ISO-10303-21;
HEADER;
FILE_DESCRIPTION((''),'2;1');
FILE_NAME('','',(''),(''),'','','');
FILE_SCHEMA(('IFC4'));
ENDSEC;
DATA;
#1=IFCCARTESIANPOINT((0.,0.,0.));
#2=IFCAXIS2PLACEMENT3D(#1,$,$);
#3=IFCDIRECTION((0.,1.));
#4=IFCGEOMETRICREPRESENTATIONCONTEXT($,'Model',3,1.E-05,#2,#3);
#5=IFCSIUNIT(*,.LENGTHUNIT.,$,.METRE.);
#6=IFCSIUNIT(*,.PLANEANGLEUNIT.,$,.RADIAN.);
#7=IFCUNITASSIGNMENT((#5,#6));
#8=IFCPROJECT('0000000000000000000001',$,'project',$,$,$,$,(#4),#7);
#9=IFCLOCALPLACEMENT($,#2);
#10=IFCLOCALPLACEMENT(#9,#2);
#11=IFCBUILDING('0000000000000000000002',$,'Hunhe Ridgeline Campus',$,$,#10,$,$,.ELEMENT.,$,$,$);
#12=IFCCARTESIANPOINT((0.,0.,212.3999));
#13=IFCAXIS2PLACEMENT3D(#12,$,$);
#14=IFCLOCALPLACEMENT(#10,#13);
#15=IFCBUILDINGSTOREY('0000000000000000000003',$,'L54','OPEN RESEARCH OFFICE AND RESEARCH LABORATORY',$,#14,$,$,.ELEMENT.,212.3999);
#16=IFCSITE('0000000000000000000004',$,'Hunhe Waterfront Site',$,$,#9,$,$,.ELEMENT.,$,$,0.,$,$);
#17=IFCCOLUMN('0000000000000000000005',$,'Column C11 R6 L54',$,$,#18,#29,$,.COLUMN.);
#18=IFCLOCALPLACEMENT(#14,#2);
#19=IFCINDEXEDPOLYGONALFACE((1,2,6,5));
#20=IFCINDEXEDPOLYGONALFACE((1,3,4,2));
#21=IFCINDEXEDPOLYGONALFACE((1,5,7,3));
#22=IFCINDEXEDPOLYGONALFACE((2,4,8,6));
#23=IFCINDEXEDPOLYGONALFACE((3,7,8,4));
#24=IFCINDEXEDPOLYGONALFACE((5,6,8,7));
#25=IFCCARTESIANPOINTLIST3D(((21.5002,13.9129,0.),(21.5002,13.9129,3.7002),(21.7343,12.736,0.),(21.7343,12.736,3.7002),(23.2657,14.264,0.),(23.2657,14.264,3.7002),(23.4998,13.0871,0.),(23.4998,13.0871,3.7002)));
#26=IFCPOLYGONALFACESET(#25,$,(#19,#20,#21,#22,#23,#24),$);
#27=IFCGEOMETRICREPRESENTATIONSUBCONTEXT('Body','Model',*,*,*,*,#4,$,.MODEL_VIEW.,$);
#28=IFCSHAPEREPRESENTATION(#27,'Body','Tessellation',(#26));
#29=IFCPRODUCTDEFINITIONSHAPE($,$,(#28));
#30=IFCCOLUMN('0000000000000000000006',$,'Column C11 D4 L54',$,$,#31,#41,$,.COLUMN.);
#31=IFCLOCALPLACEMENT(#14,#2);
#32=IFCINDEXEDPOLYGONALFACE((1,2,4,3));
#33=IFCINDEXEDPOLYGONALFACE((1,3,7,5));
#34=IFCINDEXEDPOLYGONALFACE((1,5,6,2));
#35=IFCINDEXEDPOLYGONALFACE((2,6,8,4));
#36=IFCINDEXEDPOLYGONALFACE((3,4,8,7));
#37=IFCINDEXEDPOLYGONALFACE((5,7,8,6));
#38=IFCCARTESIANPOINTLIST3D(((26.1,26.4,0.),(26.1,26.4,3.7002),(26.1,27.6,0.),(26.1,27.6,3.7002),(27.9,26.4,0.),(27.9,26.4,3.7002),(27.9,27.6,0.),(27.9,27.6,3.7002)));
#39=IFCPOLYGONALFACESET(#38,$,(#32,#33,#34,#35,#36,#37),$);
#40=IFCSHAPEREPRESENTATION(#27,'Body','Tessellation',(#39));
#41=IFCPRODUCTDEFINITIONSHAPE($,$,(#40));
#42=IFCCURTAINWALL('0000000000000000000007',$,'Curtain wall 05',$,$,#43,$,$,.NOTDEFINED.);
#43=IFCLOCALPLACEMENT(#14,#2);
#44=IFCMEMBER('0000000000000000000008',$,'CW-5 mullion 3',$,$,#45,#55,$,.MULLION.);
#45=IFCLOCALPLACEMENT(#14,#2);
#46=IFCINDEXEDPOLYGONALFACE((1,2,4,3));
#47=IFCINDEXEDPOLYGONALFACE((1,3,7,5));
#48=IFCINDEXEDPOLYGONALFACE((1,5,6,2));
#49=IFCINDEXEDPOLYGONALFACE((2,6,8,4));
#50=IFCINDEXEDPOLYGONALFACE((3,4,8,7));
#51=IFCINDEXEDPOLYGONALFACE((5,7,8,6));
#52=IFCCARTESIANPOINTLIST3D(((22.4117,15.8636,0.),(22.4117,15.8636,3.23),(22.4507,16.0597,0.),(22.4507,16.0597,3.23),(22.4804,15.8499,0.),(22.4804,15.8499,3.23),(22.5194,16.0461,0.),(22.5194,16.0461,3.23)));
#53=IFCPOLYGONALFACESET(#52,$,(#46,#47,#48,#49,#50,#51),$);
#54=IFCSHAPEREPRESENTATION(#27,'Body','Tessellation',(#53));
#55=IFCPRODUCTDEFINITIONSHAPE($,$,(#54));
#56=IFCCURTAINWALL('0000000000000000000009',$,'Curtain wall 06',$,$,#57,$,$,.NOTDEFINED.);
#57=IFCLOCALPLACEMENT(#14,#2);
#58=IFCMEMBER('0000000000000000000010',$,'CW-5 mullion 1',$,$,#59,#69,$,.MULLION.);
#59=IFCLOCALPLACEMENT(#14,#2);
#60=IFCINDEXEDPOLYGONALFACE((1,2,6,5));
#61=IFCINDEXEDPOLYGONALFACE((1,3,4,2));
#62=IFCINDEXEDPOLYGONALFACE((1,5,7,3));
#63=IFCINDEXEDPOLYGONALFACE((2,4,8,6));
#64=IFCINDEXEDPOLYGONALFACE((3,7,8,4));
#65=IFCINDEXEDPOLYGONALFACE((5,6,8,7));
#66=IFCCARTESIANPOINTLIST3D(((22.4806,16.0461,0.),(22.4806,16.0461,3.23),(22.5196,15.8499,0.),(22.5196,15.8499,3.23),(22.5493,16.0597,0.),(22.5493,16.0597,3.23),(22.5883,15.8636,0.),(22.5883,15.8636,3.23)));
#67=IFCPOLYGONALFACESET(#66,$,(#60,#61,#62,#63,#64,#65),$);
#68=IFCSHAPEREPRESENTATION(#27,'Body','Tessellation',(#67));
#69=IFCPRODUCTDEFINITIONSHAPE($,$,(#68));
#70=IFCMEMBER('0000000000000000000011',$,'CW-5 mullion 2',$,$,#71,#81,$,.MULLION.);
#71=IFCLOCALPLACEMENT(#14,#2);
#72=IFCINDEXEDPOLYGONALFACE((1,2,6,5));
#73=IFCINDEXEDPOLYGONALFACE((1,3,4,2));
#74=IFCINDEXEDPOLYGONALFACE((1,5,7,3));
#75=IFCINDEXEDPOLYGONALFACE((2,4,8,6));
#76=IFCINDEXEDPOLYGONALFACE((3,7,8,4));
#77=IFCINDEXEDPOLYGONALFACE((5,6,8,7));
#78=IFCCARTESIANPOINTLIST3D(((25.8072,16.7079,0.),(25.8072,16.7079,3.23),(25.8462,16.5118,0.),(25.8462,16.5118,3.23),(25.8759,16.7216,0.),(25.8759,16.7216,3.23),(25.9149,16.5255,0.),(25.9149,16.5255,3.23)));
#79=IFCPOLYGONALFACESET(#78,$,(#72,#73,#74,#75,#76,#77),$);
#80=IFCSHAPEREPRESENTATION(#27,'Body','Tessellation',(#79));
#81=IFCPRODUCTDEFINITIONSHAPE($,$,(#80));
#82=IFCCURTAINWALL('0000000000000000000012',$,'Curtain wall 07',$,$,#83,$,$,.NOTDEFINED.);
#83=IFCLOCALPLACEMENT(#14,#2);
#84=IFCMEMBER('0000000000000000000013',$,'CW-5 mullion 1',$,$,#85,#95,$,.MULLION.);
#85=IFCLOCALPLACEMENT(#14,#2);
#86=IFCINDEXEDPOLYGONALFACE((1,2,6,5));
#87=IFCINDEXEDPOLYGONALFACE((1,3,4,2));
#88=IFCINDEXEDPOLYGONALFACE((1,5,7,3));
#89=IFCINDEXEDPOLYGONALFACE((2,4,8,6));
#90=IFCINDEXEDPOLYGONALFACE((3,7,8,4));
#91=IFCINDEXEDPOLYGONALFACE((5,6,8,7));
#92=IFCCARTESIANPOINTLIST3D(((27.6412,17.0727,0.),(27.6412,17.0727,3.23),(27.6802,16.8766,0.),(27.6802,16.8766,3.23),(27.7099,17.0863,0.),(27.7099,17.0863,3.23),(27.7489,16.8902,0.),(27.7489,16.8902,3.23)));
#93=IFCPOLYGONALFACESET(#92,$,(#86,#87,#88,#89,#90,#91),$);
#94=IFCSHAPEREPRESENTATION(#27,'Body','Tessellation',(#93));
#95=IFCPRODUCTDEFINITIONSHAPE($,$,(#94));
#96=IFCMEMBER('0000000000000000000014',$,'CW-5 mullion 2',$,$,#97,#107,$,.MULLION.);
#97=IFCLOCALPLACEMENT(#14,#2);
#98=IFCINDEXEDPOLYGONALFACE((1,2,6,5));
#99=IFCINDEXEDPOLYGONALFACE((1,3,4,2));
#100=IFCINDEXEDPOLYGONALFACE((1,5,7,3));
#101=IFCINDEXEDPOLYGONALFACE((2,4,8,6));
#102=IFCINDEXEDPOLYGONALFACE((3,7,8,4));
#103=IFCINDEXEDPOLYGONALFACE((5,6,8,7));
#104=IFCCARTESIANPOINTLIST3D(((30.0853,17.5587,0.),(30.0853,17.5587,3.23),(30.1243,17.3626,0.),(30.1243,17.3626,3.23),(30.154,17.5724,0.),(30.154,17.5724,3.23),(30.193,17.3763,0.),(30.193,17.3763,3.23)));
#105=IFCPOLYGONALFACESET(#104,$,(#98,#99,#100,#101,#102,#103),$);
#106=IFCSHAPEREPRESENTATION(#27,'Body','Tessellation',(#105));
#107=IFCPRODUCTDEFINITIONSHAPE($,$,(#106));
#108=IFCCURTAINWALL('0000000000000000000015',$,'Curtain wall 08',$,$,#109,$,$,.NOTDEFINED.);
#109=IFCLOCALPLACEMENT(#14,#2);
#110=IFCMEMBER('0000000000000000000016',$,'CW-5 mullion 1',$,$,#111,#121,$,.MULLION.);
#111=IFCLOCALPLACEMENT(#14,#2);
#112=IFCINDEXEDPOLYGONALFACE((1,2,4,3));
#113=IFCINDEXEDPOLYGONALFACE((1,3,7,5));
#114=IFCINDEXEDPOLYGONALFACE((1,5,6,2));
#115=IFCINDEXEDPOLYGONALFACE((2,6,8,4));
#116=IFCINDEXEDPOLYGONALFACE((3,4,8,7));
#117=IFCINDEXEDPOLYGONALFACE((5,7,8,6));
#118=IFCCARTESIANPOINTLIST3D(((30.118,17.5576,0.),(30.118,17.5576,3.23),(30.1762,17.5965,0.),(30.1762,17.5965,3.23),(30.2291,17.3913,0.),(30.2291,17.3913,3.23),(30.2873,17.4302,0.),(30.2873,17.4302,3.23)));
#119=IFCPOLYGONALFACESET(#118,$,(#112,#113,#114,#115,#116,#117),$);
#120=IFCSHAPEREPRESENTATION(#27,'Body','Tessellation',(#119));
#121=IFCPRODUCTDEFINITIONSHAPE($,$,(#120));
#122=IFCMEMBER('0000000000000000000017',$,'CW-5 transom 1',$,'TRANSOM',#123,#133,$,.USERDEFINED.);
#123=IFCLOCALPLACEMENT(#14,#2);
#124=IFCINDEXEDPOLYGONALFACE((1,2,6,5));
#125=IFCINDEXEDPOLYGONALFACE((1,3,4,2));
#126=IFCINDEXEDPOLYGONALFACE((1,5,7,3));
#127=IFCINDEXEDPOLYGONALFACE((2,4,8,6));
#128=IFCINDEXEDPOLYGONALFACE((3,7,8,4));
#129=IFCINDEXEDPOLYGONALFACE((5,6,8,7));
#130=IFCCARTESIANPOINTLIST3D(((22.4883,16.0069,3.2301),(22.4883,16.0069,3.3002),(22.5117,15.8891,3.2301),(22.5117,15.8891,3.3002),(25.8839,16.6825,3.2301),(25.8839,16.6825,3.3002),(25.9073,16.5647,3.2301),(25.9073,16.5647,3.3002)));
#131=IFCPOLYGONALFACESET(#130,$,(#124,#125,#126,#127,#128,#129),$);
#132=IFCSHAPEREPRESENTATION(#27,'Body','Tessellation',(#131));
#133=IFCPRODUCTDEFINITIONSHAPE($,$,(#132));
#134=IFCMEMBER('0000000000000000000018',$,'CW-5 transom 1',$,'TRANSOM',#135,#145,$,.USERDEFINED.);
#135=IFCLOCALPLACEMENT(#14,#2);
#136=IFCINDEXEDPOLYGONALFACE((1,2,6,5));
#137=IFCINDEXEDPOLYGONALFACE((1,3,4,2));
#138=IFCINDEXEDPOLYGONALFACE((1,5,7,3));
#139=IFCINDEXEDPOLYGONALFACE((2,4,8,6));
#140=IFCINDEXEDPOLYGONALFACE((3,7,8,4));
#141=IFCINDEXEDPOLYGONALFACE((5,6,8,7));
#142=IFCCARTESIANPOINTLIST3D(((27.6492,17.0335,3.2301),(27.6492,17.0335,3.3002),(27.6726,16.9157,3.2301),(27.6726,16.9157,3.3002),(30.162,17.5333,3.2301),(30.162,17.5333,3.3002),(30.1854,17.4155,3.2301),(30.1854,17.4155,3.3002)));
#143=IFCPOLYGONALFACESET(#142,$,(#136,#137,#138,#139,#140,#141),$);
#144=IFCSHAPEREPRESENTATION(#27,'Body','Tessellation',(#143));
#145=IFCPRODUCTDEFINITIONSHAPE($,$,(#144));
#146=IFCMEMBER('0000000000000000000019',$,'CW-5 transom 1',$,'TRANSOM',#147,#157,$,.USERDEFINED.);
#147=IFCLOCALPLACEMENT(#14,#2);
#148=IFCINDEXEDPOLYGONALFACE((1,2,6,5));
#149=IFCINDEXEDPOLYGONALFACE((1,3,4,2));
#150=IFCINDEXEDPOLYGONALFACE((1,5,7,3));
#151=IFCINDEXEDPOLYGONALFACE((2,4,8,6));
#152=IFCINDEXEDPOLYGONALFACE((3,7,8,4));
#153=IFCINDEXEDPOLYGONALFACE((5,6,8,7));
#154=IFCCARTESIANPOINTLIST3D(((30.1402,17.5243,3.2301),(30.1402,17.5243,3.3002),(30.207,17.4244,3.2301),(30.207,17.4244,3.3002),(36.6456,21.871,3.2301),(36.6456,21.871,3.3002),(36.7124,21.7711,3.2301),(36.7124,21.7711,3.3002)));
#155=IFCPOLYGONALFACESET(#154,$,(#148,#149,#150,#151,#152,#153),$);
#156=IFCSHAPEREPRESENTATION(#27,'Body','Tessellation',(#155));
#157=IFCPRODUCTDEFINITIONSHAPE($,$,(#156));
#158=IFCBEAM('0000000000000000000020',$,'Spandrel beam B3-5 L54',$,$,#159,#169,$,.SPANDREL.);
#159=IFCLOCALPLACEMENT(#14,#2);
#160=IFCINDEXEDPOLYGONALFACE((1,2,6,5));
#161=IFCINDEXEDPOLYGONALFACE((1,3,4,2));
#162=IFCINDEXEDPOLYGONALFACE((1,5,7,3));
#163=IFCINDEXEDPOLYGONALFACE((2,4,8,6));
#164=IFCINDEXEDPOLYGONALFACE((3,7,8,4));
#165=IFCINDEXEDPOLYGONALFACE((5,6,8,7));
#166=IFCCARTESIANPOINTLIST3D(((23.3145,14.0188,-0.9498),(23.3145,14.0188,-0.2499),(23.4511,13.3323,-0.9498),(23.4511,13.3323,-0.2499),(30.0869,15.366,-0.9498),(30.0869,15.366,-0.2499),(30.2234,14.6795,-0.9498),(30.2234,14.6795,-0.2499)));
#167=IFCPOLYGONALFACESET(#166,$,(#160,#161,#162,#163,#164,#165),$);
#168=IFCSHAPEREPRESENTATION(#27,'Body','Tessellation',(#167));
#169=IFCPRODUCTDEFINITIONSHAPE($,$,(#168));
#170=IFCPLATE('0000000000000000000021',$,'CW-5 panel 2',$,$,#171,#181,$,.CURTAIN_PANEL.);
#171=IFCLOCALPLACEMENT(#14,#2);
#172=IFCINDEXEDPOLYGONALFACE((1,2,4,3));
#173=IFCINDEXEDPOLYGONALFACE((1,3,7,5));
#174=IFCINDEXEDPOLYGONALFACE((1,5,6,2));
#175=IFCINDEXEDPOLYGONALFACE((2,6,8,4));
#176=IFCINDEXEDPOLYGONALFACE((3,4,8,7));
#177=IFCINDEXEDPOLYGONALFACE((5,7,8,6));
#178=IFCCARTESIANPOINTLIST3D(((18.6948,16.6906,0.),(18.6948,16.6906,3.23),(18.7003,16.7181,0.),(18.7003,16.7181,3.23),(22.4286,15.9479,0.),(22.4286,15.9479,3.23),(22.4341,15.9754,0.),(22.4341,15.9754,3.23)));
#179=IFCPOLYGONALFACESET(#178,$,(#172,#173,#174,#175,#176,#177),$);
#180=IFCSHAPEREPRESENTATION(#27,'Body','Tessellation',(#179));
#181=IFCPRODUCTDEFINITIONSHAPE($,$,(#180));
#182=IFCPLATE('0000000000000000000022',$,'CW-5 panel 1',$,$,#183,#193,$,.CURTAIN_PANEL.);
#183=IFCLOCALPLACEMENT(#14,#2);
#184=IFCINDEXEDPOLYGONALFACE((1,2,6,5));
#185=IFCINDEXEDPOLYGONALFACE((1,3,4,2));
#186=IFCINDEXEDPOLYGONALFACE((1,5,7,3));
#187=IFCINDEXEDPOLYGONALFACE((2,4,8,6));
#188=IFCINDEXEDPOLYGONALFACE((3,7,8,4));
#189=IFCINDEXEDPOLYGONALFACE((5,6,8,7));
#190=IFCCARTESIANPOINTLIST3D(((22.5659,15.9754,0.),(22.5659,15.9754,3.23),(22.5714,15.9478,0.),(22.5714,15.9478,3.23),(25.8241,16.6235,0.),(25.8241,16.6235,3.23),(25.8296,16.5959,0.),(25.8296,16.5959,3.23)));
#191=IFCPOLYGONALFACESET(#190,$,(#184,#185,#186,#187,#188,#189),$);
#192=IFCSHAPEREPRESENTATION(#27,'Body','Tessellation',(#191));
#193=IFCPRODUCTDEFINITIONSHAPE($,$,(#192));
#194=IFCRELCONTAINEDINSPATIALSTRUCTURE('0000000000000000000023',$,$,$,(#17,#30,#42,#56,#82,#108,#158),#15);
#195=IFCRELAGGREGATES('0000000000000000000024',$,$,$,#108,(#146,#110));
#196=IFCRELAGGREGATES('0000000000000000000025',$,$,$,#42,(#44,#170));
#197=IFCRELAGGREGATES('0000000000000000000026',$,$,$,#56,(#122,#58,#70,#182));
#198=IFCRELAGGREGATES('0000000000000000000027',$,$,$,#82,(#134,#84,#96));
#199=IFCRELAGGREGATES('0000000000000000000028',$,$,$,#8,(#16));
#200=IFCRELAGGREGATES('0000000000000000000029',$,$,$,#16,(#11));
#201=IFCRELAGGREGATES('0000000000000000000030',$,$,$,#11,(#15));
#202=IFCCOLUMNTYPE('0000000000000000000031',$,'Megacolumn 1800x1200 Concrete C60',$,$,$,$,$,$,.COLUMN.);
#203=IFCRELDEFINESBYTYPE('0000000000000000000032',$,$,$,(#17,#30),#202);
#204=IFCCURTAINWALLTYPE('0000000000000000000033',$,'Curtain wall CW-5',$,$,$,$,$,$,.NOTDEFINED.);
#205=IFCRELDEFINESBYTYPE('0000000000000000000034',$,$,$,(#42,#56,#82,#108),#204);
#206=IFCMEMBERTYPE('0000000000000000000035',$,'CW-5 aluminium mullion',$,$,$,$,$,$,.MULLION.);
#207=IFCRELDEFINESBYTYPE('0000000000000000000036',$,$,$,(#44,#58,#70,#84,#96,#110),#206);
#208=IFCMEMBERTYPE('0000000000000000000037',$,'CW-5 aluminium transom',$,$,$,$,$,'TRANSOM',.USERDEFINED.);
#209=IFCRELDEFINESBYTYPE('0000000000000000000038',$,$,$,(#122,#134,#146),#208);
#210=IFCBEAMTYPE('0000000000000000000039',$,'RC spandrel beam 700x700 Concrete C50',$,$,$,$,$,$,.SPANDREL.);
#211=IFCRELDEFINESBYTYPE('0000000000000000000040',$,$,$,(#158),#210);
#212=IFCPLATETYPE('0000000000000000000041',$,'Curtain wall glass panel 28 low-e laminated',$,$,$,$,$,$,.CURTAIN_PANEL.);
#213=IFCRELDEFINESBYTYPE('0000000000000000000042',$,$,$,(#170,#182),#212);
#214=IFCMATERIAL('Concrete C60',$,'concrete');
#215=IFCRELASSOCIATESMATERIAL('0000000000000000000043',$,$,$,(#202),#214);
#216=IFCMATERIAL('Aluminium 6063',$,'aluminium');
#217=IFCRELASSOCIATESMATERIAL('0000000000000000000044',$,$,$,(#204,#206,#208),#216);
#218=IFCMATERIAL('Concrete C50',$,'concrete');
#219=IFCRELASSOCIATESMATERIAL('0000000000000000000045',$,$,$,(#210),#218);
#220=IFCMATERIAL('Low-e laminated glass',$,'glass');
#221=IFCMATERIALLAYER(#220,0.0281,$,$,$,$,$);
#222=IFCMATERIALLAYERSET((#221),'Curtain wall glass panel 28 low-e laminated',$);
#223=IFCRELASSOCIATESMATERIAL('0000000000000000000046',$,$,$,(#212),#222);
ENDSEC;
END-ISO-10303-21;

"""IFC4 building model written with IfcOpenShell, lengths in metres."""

from ifc_helpers import new_model, si_unit, direction, frame, origin, origin_2d, place, context, subcontext, project, spatial, rectangle, extrude, material, layer, layer_set, material_profile, profile_set, type_object, element, aggregate, save


model = new_model("IFC4")

# Units and contexts
model_context = context("Model", 3, precision=1e-05, world=origin(), true_north=direction((0.0, 1.0)))
body_context = subcontext(model_context, "Body", "Model", "MODEL_VIEW")
ifc_project = project(units=[si_unit("LENGTHUNIT", "METRE"), si_unit("PLANEANGLEUNIT", "RADIAN")], contexts=[model_context])

# Site, building, storey
site_placement = place(None, origin())
site = spatial("IfcSite", under=ifc_project, at=site_placement, Name="Hunhe Waterfront Site", CompositionType="ELEMENT", RefElevation=0.0)
building_placement = place(site_placement, origin())
building = spatial("IfcBuilding", under=site, at=building_placement, Name="Hunhe Ridgeline Campus", CompositionType="ELEMENT")
storey_placement = place(building_placement, frame((0.0, 0.0, 212.3999)))
storey = spatial("IfcBuildingStorey", under=building, at=storey_placement, Name="L54", Description="OPEN RESEARCH OFFICE AND RESEARCH LABORATORY", CompositionType="ELEMENT", Elevation=212.3999)

# Columns
ifc_material_1 = material(Name="Concrete C60", Category="concrete")
ifc_material_profile_1 = material_profile(ifc_material_1, rectangle(XDim=1.8, YDim=1.2, at=origin_2d()))
ifc_profile_set_1 = profile_set([ifc_material_profile_1], Name="Concrete C60")
column_type = type_object("IfcColumnType", Name="Megacolumn 1800x1200 Concrete C60", PredefinedType="COLUMN", material=ifc_profile_set_1)
for number, where, z_axis, x_axis, name in (
    (1, (22.5, 13.5, 0.0), (0.0, 0.0, 1.0), (0.980785, 0.19509, 0.0), "Column C11 R6 L54"),
    (2, (27.0, 27.0, 0.0), (0.0, 0.0, 1.0), (1.0, 0.0, 0.0), "Column C11 D4 L54"),
):
    element("IfcColumn", number, at=place(storey_placement, frame(where, z_axis=z_axis, x_axis=x_axis)), inside=storey, type_object=column_type, Name=name, PredefinedType="COLUMN", context=body_context, shape_type="SweptSolid", body=[
        extrude(rectangle(XDim=1.8, YDim=1.2, at=origin_2d()), origin(), (0.0, 0.0, 1.0), 3.7002),
    ])

# Curtain wall, member
ifc_material_2 = material(Name="Aluminium 6063", Category="aluminium")
curtain_wall_type = type_object("IfcCurtainWallType", Name="Curtain wall CW-5", PredefinedType="NOTDEFINED", material=ifc_material_2)
curtain_wall_1_placement = place(storey_placement, origin())
curtain_wall_1 = element("IfcCurtainWall", 3, at=curtain_wall_1_placement, inside=storey, type_object=curtain_wall_type, Name="Curtain wall 05", PredefinedType="NOTDEFINED")
ifc_material_profile_2 = material_profile(ifc_material_2, rectangle(XDim=0.2, YDim=0.0701, at=origin_2d()))
ifc_profile_set_2 = profile_set([ifc_material_profile_2], Name="Aluminium 6063")
member_type_1 = type_object("IfcMemberType", Name="CW-5 aluminium mullion", PredefinedType="MULLION", material=ifc_profile_set_2)
member_1_placement = place(storey_placement, frame((22.4656, 15.9548, 0.0), z_axis=(0.0, 0.0, 1.0), x_axis=(0.19509, 0.980785, 0.0)))
member_1 = element("IfcMember", 4, at=member_1_placement, type_object=member_type_1, Name="CW-5 mullion 3", PredefinedType="MULLION", context=body_context, shape_type="SweptSolid", body=[
    extrude(rectangle(XDim=0.2, YDim=0.0701, at=origin_2d()), origin(), (0.0, 0.0, 1.0), 3.23),
])

# Curtain walls, members
curtain_wall_2_placement = place(storey_placement, origin())
curtain_wall_2 = element("IfcCurtainWall", 5, at=curtain_wall_2_placement, inside=storey, type_object=curtain_wall_type, Name="Curtain wall 06", PredefinedType="NOTDEFINED")
member_2_placement = place(storey_placement, frame((22.5344, 15.9548, 0.0), z_axis=(0.0, 0.0, 1.0), x_axis=(-0.19509, 0.980785, 0.0)))
member_2 = element("IfcMember", 6, at=member_2_placement, type_object=member_type_1, Name="CW-5 mullion 1", PredefinedType="MULLION", context=body_context, shape_type="SweptSolid", body=[
    extrude(rectangle(XDim=0.2, YDim=0.0701, at=origin_2d()), origin(), (0.0, 0.0, 1.0), 3.23),
])
member_3_placement = place(storey_placement, frame((25.8611, 16.6167, 0.0), z_axis=(0.0, 0.0, 1.0), x_axis=(-0.19509, 0.980785, 0.0)))
member_3 = element("IfcMember", 7, at=member_3_placement, type_object=member_type_1, Name="CW-5 mullion 2", PredefinedType="MULLION", context=body_context, shape_type="SweptSolid", body=[
    extrude(rectangle(XDim=0.2, YDim=0.0701, at=origin_2d()), origin(), (0.0, 0.0, 1.0), 3.23),
])
curtain_wall_3_placement = place(storey_placement, origin())
curtain_wall_3 = element("IfcCurtainWall", 8, at=curtain_wall_3_placement, inside=storey, type_object=curtain_wall_type, Name="Curtain wall 07", PredefinedType="NOTDEFINED")
member_4_placement = place(storey_placement, frame((27.6951, 16.9814, 0.0), z_axis=(0.0, 0.0, 1.0), x_axis=(-0.195091, 0.980785, 0.0)))
member_4 = element("IfcMember", 9, at=member_4_placement, type_object=member_type_1, Name="CW-5 mullion 1", PredefinedType="MULLION", context=body_context, shape_type="SweptSolid", body=[
    extrude(rectangle(XDim=0.2, YDim=0.0701, at=origin_2d()), origin(), (0.0, 0.0, 1.0), 3.23),
])
member_5_placement = place(storey_placement, frame((30.1392, 17.4675, 0.0), z_axis=(0.0, 0.0, 1.0), x_axis=(-0.195091, 0.980785, 0.0)))
member_5 = element("IfcMember", 10, at=member_5_placement, type_object=member_type_1, Name="CW-5 mullion 2", PredefinedType="MULLION", context=body_context, shape_type="SweptSolid", body=[
    extrude(rectangle(XDim=0.2, YDim=0.0701, at=origin_2d()), origin(), (0.0, 0.0, 1.0), 3.23),
])

# Curtain wall, member
curtain_wall_4_placement = place(storey_placement, origin())
curtain_wall_4 = element("IfcCurtainWall", 11, at=curtain_wall_4_placement, inside=storey, type_object=curtain_wall_type, Name="Curtain wall 08", PredefinedType="NOTDEFINED")
member_6_placement = place(storey_placement, frame((30.2026, 17.4939, 0.0), z_axis=(0.0, 0.0, 1.0), x_axis=(-0.55557, 0.83147, 0.0)))
member_6 = element("IfcMember", 12, at=member_6_placement, type_object=member_type_1, Name="CW-5 mullion 1", PredefinedType="MULLION", context=body_context, shape_type="SweptSolid", body=[
    extrude(rectangle(XDim=0.2, YDim=0.0701, at=origin_2d()), origin(), (0.0, 0.0, 1.0), 3.23),
])

# Members
ifc_material_profile_3 = material_profile(ifc_material_2, rectangle(XDim=0.1201, YDim=0.0701, at=origin_2d()))
ifc_profile_set_3 = profile_set([ifc_material_profile_3], Name="Aluminium 6063")
member_type_2 = type_object("IfcMemberType", Name="CW-5 aluminium transom", ElementType="TRANSOM", PredefinedType="USERDEFINED", material=ifc_profile_set_3)
member_7_placement = place(storey_placement, frame((22.5, 15.948, 3.2651), z_axis=(0.980778, 0.195126, 0.0), x_axis=(-0.195126, 0.980778, 0.0)))
member_7 = element("IfcMember", 13, at=member_7_placement, type_object=member_type_2, Name="CW-5 transom 1", ObjectType="TRANSOM", PredefinedType="USERDEFINED", context=body_context, shape_type="SweptSolid", body=[
    extrude(rectangle(XDim=0.1201, YDim=0.0701, at=origin_2d()), origin(), (0.0, 0.0, 1.0), 3.4622),
])
member_8_placement = place(storey_placement, frame((27.6609, 16.9746, 3.2651), z_axis=(0.980789, 0.195071, 0.0), x_axis=(-0.195071, 0.980789, 0.0)))
member_8 = element("IfcMember", 14, at=member_8_placement, type_object=member_type_2, Name="CW-5 transom 1", ObjectType="TRANSOM", PredefinedType="USERDEFINED", context=body_context, shape_type="SweptSolid", body=[
    extrude(rectangle(XDim=0.1201, YDim=0.0701, at=origin_2d()), origin(), (0.0, 0.0, 1.0), 2.562),
])
member_9_placement = place(storey_placement, frame((30.1736, 17.4744, 3.2651), z_axis=(0.831474, 0.555564, 0.0), x_axis=(-0.555564, 0.831474, 0.0)))
member_9 = element("IfcMember", 15, at=member_9_placement, type_object=member_type_2, Name="CW-5 transom 1", ObjectType="TRANSOM", PredefinedType="USERDEFINED", context=body_context, shape_type="SweptSolid", body=[
    extrude(rectangle(XDim=0.1201, YDim=0.0701, at=origin_2d()), origin(), (0.0, 0.0, 1.0), 7.824),
])
aggregate(curtain_wall_4, [member_9, member_6])

# Beam
ifc_material_3 = material(Name="Concrete C50", Category="concrete")
ifc_material_profile_4 = material_profile(ifc_material_3, rectangle(XDim=0.7, YDim=0.7, at=origin_2d()))
ifc_profile_set_4 = profile_set([ifc_material_profile_4], Name="Concrete C50")
beam_type = type_object("IfcBeamType", Name="RC spandrel beam 700x700 Concrete C50", PredefinedType="SPANDREL", material=ifc_profile_set_4)
beam_placement = place(storey_placement, frame((23.3828, 13.6755, -0.5999), z_axis=(0.980783, 0.195103, 0.0), x_axis=(-0.195103, 0.980783, 0.0)))
element("IfcBeam", 16, at=beam_placement, inside=storey, type_object=beam_type, Name="Spandrel beam B3-5 L54", PredefinedType="SPANDREL", context=body_context, shape_type="SweptSolid", body=[
    extrude(rectangle(XDim=0.7, YDim=0.7, at=origin_2d()), origin(), (0.0, 0.0, 1.0), 6.905),
])

# Plates
ifc_material_4 = material(Name="Low-e laminated glass", Category="glass")
ifc_layer_1 = layer(ifc_material_4, 0.0281)
ifc_layer_set_1 = layer_set([ifc_layer_1], Name="Curtain wall glass panel 28 low-e laminated")
plate_type = type_object("IfcPlateType", Name="Curtain wall glass panel 28 low-e laminated", PredefinedType="CURTAIN_PANEL", material=ifc_layer_set_1)
plate_1_placement = place(storey_placement, frame((20.5645, 16.333, 0.0), z_axis=(0.0, 0.0, 1.0), x_axis=(0.980785, -0.19509, 0.0)))
plate_1 = element("IfcPlate", 17, at=plate_1_placement, type_object=plate_type, Name="CW-5 panel 2", PredefinedType="CURTAIN_PANEL", context=body_context, shape_type="SweptSolid", body=[
    extrude(rectangle(XDim=3.8069, YDim=0.0281, at=origin_2d()), origin(), (0.0, 0.0, 1.0), 3.23),
])
aggregate(curtain_wall_1, [member_1, plate_1])
plate_2_placement = place(storey_placement, frame((24.1978, 16.2856, 0.0), z_axis=(0.0, 0.0, 1.0), x_axis=(0.980785, 0.19509, 0.0)))
plate_2 = element("IfcPlate", 18, at=plate_2_placement, type_object=plate_type, Name="CW-5 panel 1", PredefinedType="CURTAIN_PANEL", context=body_context, shape_type="SweptSolid", body=[
    extrude(rectangle(XDim=3.322, YDim=0.0281, at=origin_2d()), origin(), (0.0, 0.0, 1.0), 3.23),
])
aggregate(curtain_wall_2, [member_7, member_2, member_3, plate_2])
aggregate(curtain_wall_3, [member_8, member_4, member_5])

save(model, "model.ifc")
